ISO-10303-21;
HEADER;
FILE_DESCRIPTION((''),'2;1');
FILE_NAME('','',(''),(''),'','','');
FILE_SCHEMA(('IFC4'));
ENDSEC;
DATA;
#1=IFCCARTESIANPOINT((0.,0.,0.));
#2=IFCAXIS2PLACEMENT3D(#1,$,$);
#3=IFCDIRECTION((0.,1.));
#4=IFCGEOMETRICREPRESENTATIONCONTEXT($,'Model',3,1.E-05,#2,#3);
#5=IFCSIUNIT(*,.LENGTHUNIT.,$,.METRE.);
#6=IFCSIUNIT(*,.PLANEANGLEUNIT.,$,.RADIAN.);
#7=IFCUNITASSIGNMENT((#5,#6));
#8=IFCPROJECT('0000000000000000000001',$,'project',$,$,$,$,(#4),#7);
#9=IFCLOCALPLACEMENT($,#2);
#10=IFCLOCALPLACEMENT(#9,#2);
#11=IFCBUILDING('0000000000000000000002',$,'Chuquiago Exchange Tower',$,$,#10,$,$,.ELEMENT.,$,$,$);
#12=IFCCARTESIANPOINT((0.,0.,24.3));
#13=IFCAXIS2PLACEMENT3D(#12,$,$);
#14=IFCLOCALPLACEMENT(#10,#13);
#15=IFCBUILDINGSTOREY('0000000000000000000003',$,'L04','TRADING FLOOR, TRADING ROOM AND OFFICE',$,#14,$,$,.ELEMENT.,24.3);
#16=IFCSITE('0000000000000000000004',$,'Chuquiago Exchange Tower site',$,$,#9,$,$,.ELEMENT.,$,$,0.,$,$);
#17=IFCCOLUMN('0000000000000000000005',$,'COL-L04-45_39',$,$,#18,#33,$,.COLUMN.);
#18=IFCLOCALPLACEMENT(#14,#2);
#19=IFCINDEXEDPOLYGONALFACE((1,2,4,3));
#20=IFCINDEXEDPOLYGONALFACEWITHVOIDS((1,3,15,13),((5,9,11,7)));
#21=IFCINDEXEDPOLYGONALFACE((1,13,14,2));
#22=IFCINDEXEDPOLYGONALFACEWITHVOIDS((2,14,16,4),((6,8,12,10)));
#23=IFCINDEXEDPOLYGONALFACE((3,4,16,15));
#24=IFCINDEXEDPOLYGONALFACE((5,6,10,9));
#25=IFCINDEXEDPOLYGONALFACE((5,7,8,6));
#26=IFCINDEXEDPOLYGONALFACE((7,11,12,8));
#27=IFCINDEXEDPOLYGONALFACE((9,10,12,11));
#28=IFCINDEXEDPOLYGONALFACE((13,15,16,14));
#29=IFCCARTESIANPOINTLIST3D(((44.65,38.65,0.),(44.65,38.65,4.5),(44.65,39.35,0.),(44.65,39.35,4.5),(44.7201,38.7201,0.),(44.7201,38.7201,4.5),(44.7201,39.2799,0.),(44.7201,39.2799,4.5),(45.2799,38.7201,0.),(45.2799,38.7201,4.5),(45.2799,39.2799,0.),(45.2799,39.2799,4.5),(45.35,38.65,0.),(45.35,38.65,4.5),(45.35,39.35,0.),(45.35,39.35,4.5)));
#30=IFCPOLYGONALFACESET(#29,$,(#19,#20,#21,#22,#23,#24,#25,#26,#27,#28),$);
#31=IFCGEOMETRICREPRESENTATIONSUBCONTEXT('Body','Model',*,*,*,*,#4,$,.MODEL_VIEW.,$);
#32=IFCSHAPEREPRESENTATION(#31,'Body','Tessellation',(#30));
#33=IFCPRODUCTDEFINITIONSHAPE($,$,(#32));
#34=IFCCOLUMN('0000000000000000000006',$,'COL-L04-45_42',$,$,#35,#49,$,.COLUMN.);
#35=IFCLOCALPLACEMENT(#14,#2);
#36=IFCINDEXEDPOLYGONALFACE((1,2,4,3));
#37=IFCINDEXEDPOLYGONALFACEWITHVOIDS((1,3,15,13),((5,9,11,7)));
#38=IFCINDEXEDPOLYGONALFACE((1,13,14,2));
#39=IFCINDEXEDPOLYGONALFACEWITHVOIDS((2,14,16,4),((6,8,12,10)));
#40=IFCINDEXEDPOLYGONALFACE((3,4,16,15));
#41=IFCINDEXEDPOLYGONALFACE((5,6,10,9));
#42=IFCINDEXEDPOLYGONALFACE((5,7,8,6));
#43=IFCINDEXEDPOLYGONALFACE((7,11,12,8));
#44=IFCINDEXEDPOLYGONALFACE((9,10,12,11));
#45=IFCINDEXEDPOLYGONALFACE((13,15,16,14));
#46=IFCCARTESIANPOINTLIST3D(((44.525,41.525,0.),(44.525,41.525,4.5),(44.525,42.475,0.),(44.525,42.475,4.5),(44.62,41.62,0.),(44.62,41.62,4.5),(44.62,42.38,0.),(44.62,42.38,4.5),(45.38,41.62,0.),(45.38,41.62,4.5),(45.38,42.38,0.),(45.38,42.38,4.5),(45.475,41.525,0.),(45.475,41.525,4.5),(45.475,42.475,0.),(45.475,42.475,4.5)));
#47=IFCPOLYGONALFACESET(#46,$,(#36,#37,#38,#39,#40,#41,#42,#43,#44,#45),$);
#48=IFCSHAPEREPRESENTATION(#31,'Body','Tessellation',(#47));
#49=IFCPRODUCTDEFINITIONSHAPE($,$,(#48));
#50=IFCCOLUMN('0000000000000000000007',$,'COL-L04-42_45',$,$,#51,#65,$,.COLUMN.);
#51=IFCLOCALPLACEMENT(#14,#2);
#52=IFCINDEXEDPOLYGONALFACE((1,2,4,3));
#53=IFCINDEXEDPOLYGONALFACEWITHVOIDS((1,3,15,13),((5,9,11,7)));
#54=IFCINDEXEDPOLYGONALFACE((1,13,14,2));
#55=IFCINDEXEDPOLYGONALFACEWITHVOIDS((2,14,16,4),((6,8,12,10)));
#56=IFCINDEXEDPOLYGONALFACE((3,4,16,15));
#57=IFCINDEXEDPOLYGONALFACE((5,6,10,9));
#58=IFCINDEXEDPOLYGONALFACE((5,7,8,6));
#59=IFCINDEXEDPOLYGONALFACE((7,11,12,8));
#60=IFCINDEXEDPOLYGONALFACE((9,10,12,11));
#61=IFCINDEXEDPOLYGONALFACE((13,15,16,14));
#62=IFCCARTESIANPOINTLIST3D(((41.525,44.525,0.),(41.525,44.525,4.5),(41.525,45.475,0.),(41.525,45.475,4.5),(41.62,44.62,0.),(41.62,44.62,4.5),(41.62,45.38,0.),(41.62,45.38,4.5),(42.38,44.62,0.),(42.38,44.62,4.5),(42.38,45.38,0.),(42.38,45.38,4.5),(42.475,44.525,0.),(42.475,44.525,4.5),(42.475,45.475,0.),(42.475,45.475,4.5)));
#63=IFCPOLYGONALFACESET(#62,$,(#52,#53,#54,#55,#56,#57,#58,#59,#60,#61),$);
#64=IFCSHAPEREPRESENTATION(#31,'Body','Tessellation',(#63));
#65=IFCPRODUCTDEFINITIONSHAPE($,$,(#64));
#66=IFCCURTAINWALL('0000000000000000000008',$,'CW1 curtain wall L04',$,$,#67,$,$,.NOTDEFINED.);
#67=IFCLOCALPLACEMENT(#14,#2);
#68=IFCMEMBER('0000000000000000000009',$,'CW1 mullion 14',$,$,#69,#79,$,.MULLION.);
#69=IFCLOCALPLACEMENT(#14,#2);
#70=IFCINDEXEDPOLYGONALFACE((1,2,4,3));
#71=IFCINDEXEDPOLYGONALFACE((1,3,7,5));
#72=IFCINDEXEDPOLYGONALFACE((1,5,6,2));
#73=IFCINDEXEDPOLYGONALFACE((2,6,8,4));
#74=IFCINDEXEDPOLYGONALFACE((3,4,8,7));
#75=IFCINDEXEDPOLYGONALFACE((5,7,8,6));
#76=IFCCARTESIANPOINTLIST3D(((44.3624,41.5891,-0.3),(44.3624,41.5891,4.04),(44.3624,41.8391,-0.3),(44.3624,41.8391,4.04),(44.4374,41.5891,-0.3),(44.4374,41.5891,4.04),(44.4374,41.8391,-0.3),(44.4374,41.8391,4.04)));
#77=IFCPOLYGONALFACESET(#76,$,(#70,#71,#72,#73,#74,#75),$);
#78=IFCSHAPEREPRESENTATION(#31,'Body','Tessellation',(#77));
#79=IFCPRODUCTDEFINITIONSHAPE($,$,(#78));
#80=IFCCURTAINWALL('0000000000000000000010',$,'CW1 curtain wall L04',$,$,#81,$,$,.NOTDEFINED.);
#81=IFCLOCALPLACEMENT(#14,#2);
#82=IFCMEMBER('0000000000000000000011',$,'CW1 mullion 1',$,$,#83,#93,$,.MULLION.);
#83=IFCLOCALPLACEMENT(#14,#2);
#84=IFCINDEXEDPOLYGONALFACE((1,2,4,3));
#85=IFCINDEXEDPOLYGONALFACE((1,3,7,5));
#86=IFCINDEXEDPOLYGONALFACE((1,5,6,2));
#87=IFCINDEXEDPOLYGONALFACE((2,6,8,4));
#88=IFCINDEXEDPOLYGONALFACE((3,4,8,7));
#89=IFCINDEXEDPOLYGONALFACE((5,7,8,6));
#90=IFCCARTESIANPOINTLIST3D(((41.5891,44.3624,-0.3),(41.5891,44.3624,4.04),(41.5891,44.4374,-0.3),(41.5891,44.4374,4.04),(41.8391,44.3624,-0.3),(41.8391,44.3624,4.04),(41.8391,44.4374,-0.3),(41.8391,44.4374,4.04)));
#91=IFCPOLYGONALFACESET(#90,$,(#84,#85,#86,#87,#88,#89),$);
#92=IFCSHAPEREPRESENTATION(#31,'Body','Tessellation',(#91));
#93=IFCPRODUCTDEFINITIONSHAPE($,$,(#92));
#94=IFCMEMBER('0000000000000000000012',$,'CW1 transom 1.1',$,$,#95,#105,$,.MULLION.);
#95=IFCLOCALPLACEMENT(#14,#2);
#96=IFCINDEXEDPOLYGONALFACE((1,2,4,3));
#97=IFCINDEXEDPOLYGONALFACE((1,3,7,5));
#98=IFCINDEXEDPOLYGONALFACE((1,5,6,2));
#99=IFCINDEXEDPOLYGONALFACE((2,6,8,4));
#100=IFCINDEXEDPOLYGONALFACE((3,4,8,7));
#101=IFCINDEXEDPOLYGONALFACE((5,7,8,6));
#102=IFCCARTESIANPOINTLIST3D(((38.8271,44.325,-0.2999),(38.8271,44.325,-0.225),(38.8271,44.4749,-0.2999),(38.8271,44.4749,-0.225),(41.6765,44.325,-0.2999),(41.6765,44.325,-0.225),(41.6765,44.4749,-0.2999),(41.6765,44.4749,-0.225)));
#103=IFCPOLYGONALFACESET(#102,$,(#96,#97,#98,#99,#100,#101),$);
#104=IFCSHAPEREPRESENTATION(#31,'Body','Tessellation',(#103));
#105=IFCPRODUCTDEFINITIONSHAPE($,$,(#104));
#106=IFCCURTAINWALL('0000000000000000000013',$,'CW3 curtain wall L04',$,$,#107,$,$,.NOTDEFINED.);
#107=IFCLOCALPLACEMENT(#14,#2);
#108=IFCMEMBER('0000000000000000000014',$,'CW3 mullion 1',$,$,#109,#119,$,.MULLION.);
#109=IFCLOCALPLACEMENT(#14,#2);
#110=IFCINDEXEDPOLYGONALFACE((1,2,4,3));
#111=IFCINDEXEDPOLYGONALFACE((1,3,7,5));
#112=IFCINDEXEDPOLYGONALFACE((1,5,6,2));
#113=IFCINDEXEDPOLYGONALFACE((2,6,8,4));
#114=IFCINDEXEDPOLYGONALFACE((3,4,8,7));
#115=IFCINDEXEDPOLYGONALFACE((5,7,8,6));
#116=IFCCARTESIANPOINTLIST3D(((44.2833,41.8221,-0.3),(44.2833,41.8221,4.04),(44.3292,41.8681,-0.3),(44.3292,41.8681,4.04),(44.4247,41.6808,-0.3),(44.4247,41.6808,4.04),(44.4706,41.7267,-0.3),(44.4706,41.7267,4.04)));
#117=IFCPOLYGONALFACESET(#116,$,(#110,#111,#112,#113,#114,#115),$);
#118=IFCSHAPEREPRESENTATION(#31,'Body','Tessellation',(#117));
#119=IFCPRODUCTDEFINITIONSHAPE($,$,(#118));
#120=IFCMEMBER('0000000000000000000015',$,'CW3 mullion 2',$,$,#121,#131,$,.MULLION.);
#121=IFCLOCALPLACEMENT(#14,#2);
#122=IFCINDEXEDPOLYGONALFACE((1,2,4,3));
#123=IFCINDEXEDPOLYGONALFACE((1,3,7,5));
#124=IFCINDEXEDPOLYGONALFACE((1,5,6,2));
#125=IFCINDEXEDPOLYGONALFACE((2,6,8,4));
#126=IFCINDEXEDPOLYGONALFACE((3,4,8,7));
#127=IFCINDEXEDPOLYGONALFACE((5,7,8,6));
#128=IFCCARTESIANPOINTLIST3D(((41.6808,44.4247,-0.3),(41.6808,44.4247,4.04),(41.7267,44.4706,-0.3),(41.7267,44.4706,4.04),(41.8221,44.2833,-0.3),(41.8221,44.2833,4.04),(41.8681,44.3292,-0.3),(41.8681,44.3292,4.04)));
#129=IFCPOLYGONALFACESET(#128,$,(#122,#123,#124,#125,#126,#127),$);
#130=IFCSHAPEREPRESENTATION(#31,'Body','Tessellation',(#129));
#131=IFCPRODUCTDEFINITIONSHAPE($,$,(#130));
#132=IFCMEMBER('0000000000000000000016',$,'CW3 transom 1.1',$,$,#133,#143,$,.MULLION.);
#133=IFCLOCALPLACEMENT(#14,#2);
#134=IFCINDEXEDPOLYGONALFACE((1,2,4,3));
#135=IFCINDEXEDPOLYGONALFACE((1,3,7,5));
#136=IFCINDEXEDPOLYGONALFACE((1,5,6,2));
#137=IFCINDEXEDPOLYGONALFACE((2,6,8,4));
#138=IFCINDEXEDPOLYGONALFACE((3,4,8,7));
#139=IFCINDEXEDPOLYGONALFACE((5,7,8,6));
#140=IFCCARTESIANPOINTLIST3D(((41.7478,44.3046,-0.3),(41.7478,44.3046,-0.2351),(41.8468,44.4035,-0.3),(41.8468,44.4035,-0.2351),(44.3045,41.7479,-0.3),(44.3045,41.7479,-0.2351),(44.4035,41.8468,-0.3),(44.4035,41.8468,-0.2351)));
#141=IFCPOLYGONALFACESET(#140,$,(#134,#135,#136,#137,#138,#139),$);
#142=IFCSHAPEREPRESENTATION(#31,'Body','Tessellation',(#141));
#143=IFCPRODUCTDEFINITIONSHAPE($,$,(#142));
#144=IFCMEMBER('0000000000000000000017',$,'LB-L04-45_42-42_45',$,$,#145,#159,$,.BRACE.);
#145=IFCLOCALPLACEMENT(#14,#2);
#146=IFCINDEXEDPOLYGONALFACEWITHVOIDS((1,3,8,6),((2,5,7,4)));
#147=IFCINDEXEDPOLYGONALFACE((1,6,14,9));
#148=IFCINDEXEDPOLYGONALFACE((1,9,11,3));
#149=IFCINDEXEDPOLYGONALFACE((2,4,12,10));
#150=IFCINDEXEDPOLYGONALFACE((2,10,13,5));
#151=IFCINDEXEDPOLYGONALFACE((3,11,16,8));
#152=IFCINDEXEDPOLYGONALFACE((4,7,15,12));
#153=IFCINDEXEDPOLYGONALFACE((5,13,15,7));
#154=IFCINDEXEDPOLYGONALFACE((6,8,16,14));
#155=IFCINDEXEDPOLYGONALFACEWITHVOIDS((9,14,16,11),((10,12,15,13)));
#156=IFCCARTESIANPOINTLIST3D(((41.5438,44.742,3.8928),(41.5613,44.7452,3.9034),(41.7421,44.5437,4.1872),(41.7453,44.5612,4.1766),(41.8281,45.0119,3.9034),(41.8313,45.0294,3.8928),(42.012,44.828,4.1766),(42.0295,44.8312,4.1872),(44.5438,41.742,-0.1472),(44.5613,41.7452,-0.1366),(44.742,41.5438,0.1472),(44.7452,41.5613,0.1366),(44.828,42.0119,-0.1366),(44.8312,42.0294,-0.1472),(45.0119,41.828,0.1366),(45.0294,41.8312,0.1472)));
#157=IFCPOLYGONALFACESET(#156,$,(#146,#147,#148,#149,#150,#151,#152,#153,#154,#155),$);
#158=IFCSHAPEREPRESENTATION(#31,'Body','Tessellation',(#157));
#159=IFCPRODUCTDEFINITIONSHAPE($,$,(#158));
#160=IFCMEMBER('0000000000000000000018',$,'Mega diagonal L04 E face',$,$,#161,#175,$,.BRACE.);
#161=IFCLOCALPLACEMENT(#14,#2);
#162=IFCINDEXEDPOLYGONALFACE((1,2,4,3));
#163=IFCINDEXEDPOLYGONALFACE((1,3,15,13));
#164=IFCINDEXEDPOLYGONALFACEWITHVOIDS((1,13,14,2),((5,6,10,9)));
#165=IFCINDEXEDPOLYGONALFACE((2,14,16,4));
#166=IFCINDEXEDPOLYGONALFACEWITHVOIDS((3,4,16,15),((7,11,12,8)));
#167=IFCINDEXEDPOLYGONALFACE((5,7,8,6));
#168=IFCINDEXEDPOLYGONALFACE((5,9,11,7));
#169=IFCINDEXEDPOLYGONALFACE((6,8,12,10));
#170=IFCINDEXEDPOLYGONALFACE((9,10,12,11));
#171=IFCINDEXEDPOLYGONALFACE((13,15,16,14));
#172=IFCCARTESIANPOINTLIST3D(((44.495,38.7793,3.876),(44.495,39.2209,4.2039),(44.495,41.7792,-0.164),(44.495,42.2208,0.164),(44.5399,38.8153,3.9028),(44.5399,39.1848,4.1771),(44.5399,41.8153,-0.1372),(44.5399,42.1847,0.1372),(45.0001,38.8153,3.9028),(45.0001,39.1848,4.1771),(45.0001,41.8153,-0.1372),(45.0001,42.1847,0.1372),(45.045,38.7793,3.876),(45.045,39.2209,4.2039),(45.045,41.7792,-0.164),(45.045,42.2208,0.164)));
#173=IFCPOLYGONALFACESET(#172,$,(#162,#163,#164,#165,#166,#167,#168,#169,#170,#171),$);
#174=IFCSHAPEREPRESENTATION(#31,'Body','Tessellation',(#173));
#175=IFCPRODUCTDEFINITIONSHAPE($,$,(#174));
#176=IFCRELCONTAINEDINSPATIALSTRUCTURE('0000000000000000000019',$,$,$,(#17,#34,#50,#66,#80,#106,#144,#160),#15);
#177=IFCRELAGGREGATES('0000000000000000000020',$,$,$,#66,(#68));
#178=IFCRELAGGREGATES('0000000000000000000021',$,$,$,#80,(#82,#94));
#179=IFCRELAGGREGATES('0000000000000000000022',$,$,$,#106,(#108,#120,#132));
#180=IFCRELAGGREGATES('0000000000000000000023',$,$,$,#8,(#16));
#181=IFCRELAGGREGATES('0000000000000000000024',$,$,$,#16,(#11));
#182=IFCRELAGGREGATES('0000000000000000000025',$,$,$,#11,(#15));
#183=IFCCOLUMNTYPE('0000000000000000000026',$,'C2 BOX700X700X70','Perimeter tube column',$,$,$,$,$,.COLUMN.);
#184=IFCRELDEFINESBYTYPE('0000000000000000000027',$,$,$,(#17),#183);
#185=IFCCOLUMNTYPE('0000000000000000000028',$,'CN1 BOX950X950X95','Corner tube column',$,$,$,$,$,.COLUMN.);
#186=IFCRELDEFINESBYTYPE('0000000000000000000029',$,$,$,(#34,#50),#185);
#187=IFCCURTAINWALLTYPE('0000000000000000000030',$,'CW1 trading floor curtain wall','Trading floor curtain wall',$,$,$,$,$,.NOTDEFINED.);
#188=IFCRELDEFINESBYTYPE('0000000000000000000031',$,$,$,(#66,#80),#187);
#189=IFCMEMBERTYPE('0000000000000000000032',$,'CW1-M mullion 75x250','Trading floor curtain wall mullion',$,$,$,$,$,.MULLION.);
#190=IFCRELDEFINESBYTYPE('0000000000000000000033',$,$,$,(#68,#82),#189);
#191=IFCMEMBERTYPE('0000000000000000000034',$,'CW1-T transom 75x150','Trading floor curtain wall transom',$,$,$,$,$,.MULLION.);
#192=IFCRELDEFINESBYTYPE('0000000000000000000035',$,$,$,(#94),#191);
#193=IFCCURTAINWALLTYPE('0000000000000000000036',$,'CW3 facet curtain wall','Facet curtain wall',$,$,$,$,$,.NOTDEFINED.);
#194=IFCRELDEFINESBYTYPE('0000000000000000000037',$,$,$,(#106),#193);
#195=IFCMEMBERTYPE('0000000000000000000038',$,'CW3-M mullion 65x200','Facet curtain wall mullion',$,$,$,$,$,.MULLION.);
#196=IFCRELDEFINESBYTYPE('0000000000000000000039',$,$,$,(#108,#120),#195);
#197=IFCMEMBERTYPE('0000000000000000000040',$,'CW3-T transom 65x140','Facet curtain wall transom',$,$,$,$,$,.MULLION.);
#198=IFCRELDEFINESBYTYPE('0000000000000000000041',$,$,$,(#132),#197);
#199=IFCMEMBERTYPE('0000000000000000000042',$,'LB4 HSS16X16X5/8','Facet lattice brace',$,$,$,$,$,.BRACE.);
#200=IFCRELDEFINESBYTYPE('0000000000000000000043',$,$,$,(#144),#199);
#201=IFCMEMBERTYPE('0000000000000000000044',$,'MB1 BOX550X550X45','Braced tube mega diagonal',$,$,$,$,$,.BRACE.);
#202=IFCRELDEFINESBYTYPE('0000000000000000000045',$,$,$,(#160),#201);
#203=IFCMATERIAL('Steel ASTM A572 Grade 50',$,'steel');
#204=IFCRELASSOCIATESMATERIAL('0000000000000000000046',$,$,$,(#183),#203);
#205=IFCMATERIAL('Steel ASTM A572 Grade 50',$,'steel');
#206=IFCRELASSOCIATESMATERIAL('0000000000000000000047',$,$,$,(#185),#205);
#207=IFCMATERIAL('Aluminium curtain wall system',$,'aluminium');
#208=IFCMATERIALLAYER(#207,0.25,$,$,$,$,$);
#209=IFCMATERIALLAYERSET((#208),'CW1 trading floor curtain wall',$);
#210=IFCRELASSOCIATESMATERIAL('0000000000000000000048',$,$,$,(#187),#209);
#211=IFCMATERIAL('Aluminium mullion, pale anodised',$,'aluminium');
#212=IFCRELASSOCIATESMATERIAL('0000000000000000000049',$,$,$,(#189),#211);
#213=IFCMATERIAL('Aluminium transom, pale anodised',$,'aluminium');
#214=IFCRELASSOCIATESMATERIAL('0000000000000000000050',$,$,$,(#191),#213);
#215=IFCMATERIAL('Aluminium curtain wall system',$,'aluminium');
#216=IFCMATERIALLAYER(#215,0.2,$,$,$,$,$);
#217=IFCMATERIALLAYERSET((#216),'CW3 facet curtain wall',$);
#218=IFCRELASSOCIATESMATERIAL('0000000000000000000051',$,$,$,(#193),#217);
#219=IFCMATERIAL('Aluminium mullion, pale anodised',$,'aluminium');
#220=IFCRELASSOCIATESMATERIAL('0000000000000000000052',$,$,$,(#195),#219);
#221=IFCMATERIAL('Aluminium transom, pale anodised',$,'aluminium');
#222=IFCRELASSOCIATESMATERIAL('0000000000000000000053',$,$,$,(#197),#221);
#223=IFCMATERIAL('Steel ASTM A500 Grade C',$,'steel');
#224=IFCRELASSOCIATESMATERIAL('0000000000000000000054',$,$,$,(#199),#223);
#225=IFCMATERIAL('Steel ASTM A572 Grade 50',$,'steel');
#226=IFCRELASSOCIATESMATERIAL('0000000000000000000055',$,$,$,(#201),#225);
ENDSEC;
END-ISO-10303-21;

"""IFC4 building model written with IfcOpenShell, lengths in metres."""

from ifc_helpers import new_model, si_unit, direction, frame, origin, origin_2d, place, context, subcontext, project, spatial, rectangle, hollow_rectangle, extrude, material, layer, layer_set, material_profile, profile_set, type_object, element, aggregate, save


model = new_model("IFC4")

# Units and contexts
model_context = context("Model", 3, precision=1e-05, world=origin(), true_north=direction((0.0, 1.0)))
body_context = subcontext(model_context, "Body", "Model", "MODEL_VIEW")
ifc_project = project(units=[si_unit("LENGTHUNIT", "METRE"), si_unit("PLANEANGLEUNIT", "RADIAN")], contexts=[model_context])

# Site, building, storey
site_placement = place(None, origin())
site = spatial("IfcSite", under=ifc_project, at=site_placement, Name="Chuquiago Exchange Tower site", CompositionType="ELEMENT", RefElevation=0.0)
building_placement = place(site_placement, origin())
building = spatial("IfcBuilding", under=site, at=building_placement, Name="Chuquiago Exchange Tower", CompositionType="ELEMENT")
storey_placement = place(building_placement, frame((0.0, 0.0, 24.3)))
storey = spatial("IfcBuildingStorey", under=building, at=storey_placement, Name="L04", Description="TRADING FLOOR, TRADING ROOM AND OFFICE", CompositionType="ELEMENT", Elevation=24.3)

# Columns
ifc_material_1 = material(Name="Steel ASTM A572 Grade 50", Category="steel")
ifc_material_profile_1 = material_profile(ifc_material_1, hollow_rectangle(XDim=0.7, YDim=0.7, WallThickness=0.0701, at=origin_2d()), Name="BOX700X700X70")
ifc_profile_set_1 = profile_set([ifc_material_profile_1], Name="Steel ASTM A572 Grade 50")
column_type_1 = type_object("IfcColumnType", Name="C2 BOX700X700X70", Description="Perimeter tube column", PredefinedType="COLUMN", material=ifc_profile_set_1)
column_placement = place(storey_placement, frame((45.0, 39.0, 0.0), z_axis=(0.0, 0.0, 1.0), x_axis=(1.0, 0.0, 0.0)))
element("IfcColumn", 1, at=column_placement, inside=storey, type_object=column_type_1, Name="COL-L04-45_39", PredefinedType="COLUMN", context=body_context, shape_type="SweptSolid", body=[
    extrude(hollow_rectangle(XDim=0.7, YDim=0.7, WallThickness=0.0701, at=origin_2d()), origin(), (0.0, 0.0, 1.0), 4.5),
])
ifc_material_2 = material(Name="Steel ASTM A572 Grade 50", Category="steel")
ifc_material_profile_2 = material_profile(ifc_material_2, hollow_rectangle(XDim=0.95, YDim=0.95, WallThickness=0.095, at=origin_2d()), Name="BOX950X950X95")
ifc_profile_set_2 = profile_set([ifc_material_profile_2], Name="Steel ASTM A572 Grade 50")
column_type_2 = type_object("IfcColumnType", Name="CN1 BOX950X950X95", Description="Corner tube column", PredefinedType="COLUMN", material=ifc_profile_set_2)
for number, where, z_axis, x_axis, name in (
    (2, (45.0, 42.0, 0.0), (0.0, 0.0, 1.0), (1.0, 0.0, 0.0), "COL-L04-45_42"),
    (3, (42.0, 45.0, 0.0), (0.0, 0.0, 1.0), (0.0, 1.0, 0.0), "COL-L04-42_45"),
):
    element("IfcColumn", number, at=place(storey_placement, frame(where, z_axis=z_axis, x_axis=x_axis)), inside=storey, type_object=column_type_2, Name=name, PredefinedType="COLUMN", context=body_context, shape_type="SweptSolid", body=[
        extrude(hollow_rectangle(XDim=0.95, YDim=0.95, WallThickness=0.095, at=origin_2d()), origin(), (0.0, 0.0, 1.0), 4.5),
    ])

# Curtain wall, member
ifc_material_3 = material(Name="Aluminium curtain wall system", Category="aluminium")
ifc_layer_1 = layer(ifc_material_3, 0.25)
ifc_layer_set_1 = layer_set([ifc_layer_1], Name="CW1 trading floor curtain wall")
curtain_wall_type_1 = type_object("IfcCurtainWallType", Name="CW1 trading floor curtain wall", Description="Trading floor curtain wall", PredefinedType="NOTDEFINED", material=ifc_layer_set_1)
curtain_wall_1_placement = place(storey_placement, origin())
curtain_wall_1 = element("IfcCurtainWall", 4, at=curtain_wall_1_placement, inside=storey, type_object=curtain_wall_type_1, Name="CW1 curtain wall L04", PredefinedType="NOTDEFINED")
ifc_material_4 = material(Name="Aluminium mullion, pale anodised", Category="aluminium")
ifc_material_profile_3 = material_profile(ifc_material_4, rectangle(XDim=0.075, YDim=0.25, at=origin_2d()), Name="AL 75x250")
ifc_profile_set_3 = profile_set([ifc_material_profile_3], Name="Aluminium mullion, pale anodised")
member_type_1 = type_object("IfcMemberType", Name="CW1-M mullion 75x250", Description="Trading floor curtain wall mullion", PredefinedType="MULLION", material=ifc_profile_set_3)
member_1_placement = place(storey_placement, frame((44.3999, 41.7141, -0.3), z_axis=(0.0, 0.0, 1.0), x_axis=(-1.0, 0.0, 0.0)))
member_1 = element("IfcMember", 5, at=member_1_placement, type_object=member_type_1, Name="CW1 mullion 14", PredefinedType="MULLION", context=body_context, shape_type="SweptSolid", body=[
    extrude(rectangle(XDim=0.075, YDim=0.25, at=origin_2d()), origin(), (0.0, 0.0, 1.0), 4.3401),
])

# Curtain walls, members
curtain_wall_2_placement = place(storey_placement, origin())
curtain_wall_2 = element("IfcCurtainWall", 6, at=curtain_wall_2_placement, inside=storey, type_object=curtain_wall_type_1, Name="CW1 curtain wall L04", PredefinedType="NOTDEFINED")
member_2_placement = place(storey_placement, frame((41.7141, 44.3999, -0.3), z_axis=(0.0, 0.0, 1.0), x_axis=(0.0, -1.0, 0.0)))
member_2 = element("IfcMember", 7, at=member_2_placement, type_object=member_type_1, Name="CW1 mullion 1", PredefinedType="MULLION", context=body_context, shape_type="SweptSolid", body=[
    extrude(rectangle(XDim=0.075, YDim=0.25, at=origin_2d()), origin(), (0.0, 0.0, 1.0), 4.3401),
])
ifc_material_5 = material(Name="Aluminium transom, pale anodised", Category="aluminium")
ifc_material_profile_4 = material_profile(ifc_material_5, rectangle(XDim=0.1499, YDim=0.075, at=origin_2d()), Name="AL 150x75")
ifc_profile_set_4 = profile_set([ifc_material_profile_4], Name="Aluminium transom, pale anodised")
member_type_2 = type_object("IfcMemberType", Name="CW1-T transom 75x150", Description="Trading floor curtain wall transom", PredefinedType="MULLION", material=ifc_profile_set_4)
member_3_placement = place(storey_placement, frame((41.6765, 44.3999, -0.2625), z_axis=(-1.0, 0.0, 0.0), x_axis=(0.0, -1.0, 0.0)))
member_3 = element("IfcMember", 8, at=member_3_placement, type_object=member_type_2, Name="CW1 transom 1.1", PredefinedType="MULLION", context=body_context, shape_type="SweptSolid", body=[
    extrude(rectangle(XDim=0.1499, YDim=0.075, at=origin_2d()), origin(), (0.0, 0.0, 1.0), 2.8494),
])
ifc_material_6 = material(Name="Aluminium curtain wall system", Category="aluminium")
ifc_layer_2 = layer(ifc_material_6, 0.2)
ifc_layer_set_2 = layer_set([ifc_layer_2], Name="CW3 facet curtain wall")
curtain_wall_type_2 = type_object("IfcCurtainWallType", Name="CW3 facet curtain wall", Description="Facet curtain wall", PredefinedType="NOTDEFINED", material=ifc_layer_set_2)
curtain_wall_3_placement = place(storey_placement, origin())
curtain_wall_3 = element("IfcCurtainWall", 9, at=curtain_wall_3_placement, inside=storey, type_object=curtain_wall_type_2, Name="CW3 curtain wall L04", PredefinedType="NOTDEFINED")
ifc_material_7 = material(Name="Aluminium mullion, pale anodised", Category="aluminium")
ifc_material_profile_5 = material_profile(ifc_material_7, rectangle(XDim=0.0649, YDim=0.2, at=origin_2d()), Name="AL 65x200")
ifc_profile_set_5 = profile_set([ifc_material_profile_5], Name="Aluminium mullion, pale anodised")
member_type_3 = type_object("IfcMemberType", Name="CW3-M mullion 65x200", Description="Facet curtain wall mullion", PredefinedType="MULLION", material=ifc_profile_set_5)
member_4_placement = place(storey_placement, frame((44.377, 41.7744, -0.3), z_axis=(0.0, 0.0, 1.0), x_axis=(-0.707107, -0.707107, 0.0)))
member_4 = element("IfcMember", 10, at=member_4_placement, type_object=member_type_3, Name="CW3 mullion 1", PredefinedType="MULLION", context=body_context, shape_type="SweptSolid", body=[
    extrude(rectangle(XDim=0.0649, YDim=0.2, at=origin_2d()), origin(), (0.0, 0.0, 1.0), 4.3401),
])
member_5_placement = place(storey_placement, frame((41.7744, 44.377, -0.3), z_axis=(0.0, 0.0, 1.0), x_axis=(-0.707107, -0.707107, 0.0)))
member_5 = element("IfcMember", 11, at=member_5_placement, type_object=member_type_3, Name="CW3 mullion 2", PredefinedType="MULLION", context=body_context, shape_type="SweptSolid", body=[
    extrude(rectangle(XDim=0.0649, YDim=0.2, at=origin_2d()), origin(), (0.0, 0.0, 1.0), 4.3401),
])
ifc_material_8 = material(Name="Aluminium transom, pale anodised", Category="aluminium")
ifc_material_profile_6 = material_profile(ifc_material_8, rectangle(XDim=0.1399, YDim=0.0649, at=origin_2d()), Name="AL 140x65")
ifc_profile_set_6 = profile_set([ifc_material_profile_6], Name="Aluminium transom, pale anodised")
member_type_4 = type_object("IfcMemberType", Name="CW3-T transom 65x140", Description="Facet curtain wall transom", PredefinedType="MULLION", material=ifc_profile_set_6)
member_6_placement = place(storey_placement, frame((44.354, 41.7974, -0.2676), z_axis=(-0.707107, 0.707107, 0.0), x_axis=(-0.707107, -0.707107, 0.0)))
member_6 = element("IfcMember", 12, at=member_6_placement, type_object=member_type_4, Name="CW3 transom 1.1", PredefinedType="MULLION", context=body_context, shape_type="SweptSolid", body=[
    extrude(rectangle(XDim=0.1399, YDim=0.0649, at=origin_2d()), origin(), (0.0, 0.0, 1.0), 3.6157),
])

# Members
ifc_material_9 = material(Name="Steel ASTM A500 Grade C", Category="steel")
ifc_material_profile_7 = material_profile(ifc_material_9, hollow_rectangle(XDim=0.4065, YDim=0.4065, WallThickness=0.0146, at=origin_2d()), Name="HSS16X16X5/8")
ifc_profile_set_7 = profile_set([ifc_material_profile_7], Name="Steel ASTM A500 Grade C")
member_type_5 = type_object("IfcMemberType", Name="LB4 HSS16X16X5/8", Description="Facet lattice brace", PredefinedType="BRACE", material=ifc_profile_set_7)
member_7_placement = place(storey_placement, frame((44.7866, 41.7866, 0.0), z_axis=(-0.512077, 0.512077, 0.689604), x_axis=(-0.707107, -0.707107, 0.0)))
element("IfcMember", 13, at=member_7_placement, inside=storey, type_object=member_type_5, Name="LB-L04-45_42-42_45", PredefinedType="BRACE", context=body_context, shape_type="SweptSolid", body=[
    extrude(hollow_rectangle(XDim=0.4065, YDim=0.4065, WallThickness=0.0146, at=origin_2d()), origin(), (0.0, 0.0, 1.0), 5.8584),
])
ifc_material_10 = material(Name="Steel ASTM A572 Grade 50", Category="steel")
ifc_material_profile_8 = material_profile(ifc_material_10, hollow_rectangle(XDim=0.55, YDim=0.55, WallThickness=0.0449, at=origin_2d()), Name="BOX550X550X45")
ifc_profile_set_8 = profile_set([ifc_material_profile_8], Name="Steel ASTM A572 Grade 50")
member_type_6 = type_object("IfcMemberType", Name="MB1 BOX550X550X45", Description="Braced tube mega diagonal", PredefinedType="BRACE", material=ifc_profile_set_8)
for number, where, z_axis, x_axis, name in (
    (14, (44.77, 42.0, 0.0), (0.0, -0.596174, 0.802855), (1.0, 0.0, 0.0), "Mega diagonal L04 E face"),
):
    element("IfcMember", number, at=place(storey_placement, frame(where, z_axis=z_axis, x_axis=x_axis)), inside=storey, type_object=member_type_6, Name=name, PredefinedType="BRACE", context=body_context, shape_type="SweptSolid", body=[
        extrude(hollow_rectangle(XDim=0.55, YDim=0.55, WallThickness=0.0449, at=origin_2d()), origin(), (0.0, 0.0, 1.0), 5.032),
    ])

aggregate(curtain_wall_1, [member_1])
aggregate(curtain_wall_2, [member_2, member_3])
aggregate(curtain_wall_3, [member_4, member_5, member_6])

save(model, "model.ifc")
